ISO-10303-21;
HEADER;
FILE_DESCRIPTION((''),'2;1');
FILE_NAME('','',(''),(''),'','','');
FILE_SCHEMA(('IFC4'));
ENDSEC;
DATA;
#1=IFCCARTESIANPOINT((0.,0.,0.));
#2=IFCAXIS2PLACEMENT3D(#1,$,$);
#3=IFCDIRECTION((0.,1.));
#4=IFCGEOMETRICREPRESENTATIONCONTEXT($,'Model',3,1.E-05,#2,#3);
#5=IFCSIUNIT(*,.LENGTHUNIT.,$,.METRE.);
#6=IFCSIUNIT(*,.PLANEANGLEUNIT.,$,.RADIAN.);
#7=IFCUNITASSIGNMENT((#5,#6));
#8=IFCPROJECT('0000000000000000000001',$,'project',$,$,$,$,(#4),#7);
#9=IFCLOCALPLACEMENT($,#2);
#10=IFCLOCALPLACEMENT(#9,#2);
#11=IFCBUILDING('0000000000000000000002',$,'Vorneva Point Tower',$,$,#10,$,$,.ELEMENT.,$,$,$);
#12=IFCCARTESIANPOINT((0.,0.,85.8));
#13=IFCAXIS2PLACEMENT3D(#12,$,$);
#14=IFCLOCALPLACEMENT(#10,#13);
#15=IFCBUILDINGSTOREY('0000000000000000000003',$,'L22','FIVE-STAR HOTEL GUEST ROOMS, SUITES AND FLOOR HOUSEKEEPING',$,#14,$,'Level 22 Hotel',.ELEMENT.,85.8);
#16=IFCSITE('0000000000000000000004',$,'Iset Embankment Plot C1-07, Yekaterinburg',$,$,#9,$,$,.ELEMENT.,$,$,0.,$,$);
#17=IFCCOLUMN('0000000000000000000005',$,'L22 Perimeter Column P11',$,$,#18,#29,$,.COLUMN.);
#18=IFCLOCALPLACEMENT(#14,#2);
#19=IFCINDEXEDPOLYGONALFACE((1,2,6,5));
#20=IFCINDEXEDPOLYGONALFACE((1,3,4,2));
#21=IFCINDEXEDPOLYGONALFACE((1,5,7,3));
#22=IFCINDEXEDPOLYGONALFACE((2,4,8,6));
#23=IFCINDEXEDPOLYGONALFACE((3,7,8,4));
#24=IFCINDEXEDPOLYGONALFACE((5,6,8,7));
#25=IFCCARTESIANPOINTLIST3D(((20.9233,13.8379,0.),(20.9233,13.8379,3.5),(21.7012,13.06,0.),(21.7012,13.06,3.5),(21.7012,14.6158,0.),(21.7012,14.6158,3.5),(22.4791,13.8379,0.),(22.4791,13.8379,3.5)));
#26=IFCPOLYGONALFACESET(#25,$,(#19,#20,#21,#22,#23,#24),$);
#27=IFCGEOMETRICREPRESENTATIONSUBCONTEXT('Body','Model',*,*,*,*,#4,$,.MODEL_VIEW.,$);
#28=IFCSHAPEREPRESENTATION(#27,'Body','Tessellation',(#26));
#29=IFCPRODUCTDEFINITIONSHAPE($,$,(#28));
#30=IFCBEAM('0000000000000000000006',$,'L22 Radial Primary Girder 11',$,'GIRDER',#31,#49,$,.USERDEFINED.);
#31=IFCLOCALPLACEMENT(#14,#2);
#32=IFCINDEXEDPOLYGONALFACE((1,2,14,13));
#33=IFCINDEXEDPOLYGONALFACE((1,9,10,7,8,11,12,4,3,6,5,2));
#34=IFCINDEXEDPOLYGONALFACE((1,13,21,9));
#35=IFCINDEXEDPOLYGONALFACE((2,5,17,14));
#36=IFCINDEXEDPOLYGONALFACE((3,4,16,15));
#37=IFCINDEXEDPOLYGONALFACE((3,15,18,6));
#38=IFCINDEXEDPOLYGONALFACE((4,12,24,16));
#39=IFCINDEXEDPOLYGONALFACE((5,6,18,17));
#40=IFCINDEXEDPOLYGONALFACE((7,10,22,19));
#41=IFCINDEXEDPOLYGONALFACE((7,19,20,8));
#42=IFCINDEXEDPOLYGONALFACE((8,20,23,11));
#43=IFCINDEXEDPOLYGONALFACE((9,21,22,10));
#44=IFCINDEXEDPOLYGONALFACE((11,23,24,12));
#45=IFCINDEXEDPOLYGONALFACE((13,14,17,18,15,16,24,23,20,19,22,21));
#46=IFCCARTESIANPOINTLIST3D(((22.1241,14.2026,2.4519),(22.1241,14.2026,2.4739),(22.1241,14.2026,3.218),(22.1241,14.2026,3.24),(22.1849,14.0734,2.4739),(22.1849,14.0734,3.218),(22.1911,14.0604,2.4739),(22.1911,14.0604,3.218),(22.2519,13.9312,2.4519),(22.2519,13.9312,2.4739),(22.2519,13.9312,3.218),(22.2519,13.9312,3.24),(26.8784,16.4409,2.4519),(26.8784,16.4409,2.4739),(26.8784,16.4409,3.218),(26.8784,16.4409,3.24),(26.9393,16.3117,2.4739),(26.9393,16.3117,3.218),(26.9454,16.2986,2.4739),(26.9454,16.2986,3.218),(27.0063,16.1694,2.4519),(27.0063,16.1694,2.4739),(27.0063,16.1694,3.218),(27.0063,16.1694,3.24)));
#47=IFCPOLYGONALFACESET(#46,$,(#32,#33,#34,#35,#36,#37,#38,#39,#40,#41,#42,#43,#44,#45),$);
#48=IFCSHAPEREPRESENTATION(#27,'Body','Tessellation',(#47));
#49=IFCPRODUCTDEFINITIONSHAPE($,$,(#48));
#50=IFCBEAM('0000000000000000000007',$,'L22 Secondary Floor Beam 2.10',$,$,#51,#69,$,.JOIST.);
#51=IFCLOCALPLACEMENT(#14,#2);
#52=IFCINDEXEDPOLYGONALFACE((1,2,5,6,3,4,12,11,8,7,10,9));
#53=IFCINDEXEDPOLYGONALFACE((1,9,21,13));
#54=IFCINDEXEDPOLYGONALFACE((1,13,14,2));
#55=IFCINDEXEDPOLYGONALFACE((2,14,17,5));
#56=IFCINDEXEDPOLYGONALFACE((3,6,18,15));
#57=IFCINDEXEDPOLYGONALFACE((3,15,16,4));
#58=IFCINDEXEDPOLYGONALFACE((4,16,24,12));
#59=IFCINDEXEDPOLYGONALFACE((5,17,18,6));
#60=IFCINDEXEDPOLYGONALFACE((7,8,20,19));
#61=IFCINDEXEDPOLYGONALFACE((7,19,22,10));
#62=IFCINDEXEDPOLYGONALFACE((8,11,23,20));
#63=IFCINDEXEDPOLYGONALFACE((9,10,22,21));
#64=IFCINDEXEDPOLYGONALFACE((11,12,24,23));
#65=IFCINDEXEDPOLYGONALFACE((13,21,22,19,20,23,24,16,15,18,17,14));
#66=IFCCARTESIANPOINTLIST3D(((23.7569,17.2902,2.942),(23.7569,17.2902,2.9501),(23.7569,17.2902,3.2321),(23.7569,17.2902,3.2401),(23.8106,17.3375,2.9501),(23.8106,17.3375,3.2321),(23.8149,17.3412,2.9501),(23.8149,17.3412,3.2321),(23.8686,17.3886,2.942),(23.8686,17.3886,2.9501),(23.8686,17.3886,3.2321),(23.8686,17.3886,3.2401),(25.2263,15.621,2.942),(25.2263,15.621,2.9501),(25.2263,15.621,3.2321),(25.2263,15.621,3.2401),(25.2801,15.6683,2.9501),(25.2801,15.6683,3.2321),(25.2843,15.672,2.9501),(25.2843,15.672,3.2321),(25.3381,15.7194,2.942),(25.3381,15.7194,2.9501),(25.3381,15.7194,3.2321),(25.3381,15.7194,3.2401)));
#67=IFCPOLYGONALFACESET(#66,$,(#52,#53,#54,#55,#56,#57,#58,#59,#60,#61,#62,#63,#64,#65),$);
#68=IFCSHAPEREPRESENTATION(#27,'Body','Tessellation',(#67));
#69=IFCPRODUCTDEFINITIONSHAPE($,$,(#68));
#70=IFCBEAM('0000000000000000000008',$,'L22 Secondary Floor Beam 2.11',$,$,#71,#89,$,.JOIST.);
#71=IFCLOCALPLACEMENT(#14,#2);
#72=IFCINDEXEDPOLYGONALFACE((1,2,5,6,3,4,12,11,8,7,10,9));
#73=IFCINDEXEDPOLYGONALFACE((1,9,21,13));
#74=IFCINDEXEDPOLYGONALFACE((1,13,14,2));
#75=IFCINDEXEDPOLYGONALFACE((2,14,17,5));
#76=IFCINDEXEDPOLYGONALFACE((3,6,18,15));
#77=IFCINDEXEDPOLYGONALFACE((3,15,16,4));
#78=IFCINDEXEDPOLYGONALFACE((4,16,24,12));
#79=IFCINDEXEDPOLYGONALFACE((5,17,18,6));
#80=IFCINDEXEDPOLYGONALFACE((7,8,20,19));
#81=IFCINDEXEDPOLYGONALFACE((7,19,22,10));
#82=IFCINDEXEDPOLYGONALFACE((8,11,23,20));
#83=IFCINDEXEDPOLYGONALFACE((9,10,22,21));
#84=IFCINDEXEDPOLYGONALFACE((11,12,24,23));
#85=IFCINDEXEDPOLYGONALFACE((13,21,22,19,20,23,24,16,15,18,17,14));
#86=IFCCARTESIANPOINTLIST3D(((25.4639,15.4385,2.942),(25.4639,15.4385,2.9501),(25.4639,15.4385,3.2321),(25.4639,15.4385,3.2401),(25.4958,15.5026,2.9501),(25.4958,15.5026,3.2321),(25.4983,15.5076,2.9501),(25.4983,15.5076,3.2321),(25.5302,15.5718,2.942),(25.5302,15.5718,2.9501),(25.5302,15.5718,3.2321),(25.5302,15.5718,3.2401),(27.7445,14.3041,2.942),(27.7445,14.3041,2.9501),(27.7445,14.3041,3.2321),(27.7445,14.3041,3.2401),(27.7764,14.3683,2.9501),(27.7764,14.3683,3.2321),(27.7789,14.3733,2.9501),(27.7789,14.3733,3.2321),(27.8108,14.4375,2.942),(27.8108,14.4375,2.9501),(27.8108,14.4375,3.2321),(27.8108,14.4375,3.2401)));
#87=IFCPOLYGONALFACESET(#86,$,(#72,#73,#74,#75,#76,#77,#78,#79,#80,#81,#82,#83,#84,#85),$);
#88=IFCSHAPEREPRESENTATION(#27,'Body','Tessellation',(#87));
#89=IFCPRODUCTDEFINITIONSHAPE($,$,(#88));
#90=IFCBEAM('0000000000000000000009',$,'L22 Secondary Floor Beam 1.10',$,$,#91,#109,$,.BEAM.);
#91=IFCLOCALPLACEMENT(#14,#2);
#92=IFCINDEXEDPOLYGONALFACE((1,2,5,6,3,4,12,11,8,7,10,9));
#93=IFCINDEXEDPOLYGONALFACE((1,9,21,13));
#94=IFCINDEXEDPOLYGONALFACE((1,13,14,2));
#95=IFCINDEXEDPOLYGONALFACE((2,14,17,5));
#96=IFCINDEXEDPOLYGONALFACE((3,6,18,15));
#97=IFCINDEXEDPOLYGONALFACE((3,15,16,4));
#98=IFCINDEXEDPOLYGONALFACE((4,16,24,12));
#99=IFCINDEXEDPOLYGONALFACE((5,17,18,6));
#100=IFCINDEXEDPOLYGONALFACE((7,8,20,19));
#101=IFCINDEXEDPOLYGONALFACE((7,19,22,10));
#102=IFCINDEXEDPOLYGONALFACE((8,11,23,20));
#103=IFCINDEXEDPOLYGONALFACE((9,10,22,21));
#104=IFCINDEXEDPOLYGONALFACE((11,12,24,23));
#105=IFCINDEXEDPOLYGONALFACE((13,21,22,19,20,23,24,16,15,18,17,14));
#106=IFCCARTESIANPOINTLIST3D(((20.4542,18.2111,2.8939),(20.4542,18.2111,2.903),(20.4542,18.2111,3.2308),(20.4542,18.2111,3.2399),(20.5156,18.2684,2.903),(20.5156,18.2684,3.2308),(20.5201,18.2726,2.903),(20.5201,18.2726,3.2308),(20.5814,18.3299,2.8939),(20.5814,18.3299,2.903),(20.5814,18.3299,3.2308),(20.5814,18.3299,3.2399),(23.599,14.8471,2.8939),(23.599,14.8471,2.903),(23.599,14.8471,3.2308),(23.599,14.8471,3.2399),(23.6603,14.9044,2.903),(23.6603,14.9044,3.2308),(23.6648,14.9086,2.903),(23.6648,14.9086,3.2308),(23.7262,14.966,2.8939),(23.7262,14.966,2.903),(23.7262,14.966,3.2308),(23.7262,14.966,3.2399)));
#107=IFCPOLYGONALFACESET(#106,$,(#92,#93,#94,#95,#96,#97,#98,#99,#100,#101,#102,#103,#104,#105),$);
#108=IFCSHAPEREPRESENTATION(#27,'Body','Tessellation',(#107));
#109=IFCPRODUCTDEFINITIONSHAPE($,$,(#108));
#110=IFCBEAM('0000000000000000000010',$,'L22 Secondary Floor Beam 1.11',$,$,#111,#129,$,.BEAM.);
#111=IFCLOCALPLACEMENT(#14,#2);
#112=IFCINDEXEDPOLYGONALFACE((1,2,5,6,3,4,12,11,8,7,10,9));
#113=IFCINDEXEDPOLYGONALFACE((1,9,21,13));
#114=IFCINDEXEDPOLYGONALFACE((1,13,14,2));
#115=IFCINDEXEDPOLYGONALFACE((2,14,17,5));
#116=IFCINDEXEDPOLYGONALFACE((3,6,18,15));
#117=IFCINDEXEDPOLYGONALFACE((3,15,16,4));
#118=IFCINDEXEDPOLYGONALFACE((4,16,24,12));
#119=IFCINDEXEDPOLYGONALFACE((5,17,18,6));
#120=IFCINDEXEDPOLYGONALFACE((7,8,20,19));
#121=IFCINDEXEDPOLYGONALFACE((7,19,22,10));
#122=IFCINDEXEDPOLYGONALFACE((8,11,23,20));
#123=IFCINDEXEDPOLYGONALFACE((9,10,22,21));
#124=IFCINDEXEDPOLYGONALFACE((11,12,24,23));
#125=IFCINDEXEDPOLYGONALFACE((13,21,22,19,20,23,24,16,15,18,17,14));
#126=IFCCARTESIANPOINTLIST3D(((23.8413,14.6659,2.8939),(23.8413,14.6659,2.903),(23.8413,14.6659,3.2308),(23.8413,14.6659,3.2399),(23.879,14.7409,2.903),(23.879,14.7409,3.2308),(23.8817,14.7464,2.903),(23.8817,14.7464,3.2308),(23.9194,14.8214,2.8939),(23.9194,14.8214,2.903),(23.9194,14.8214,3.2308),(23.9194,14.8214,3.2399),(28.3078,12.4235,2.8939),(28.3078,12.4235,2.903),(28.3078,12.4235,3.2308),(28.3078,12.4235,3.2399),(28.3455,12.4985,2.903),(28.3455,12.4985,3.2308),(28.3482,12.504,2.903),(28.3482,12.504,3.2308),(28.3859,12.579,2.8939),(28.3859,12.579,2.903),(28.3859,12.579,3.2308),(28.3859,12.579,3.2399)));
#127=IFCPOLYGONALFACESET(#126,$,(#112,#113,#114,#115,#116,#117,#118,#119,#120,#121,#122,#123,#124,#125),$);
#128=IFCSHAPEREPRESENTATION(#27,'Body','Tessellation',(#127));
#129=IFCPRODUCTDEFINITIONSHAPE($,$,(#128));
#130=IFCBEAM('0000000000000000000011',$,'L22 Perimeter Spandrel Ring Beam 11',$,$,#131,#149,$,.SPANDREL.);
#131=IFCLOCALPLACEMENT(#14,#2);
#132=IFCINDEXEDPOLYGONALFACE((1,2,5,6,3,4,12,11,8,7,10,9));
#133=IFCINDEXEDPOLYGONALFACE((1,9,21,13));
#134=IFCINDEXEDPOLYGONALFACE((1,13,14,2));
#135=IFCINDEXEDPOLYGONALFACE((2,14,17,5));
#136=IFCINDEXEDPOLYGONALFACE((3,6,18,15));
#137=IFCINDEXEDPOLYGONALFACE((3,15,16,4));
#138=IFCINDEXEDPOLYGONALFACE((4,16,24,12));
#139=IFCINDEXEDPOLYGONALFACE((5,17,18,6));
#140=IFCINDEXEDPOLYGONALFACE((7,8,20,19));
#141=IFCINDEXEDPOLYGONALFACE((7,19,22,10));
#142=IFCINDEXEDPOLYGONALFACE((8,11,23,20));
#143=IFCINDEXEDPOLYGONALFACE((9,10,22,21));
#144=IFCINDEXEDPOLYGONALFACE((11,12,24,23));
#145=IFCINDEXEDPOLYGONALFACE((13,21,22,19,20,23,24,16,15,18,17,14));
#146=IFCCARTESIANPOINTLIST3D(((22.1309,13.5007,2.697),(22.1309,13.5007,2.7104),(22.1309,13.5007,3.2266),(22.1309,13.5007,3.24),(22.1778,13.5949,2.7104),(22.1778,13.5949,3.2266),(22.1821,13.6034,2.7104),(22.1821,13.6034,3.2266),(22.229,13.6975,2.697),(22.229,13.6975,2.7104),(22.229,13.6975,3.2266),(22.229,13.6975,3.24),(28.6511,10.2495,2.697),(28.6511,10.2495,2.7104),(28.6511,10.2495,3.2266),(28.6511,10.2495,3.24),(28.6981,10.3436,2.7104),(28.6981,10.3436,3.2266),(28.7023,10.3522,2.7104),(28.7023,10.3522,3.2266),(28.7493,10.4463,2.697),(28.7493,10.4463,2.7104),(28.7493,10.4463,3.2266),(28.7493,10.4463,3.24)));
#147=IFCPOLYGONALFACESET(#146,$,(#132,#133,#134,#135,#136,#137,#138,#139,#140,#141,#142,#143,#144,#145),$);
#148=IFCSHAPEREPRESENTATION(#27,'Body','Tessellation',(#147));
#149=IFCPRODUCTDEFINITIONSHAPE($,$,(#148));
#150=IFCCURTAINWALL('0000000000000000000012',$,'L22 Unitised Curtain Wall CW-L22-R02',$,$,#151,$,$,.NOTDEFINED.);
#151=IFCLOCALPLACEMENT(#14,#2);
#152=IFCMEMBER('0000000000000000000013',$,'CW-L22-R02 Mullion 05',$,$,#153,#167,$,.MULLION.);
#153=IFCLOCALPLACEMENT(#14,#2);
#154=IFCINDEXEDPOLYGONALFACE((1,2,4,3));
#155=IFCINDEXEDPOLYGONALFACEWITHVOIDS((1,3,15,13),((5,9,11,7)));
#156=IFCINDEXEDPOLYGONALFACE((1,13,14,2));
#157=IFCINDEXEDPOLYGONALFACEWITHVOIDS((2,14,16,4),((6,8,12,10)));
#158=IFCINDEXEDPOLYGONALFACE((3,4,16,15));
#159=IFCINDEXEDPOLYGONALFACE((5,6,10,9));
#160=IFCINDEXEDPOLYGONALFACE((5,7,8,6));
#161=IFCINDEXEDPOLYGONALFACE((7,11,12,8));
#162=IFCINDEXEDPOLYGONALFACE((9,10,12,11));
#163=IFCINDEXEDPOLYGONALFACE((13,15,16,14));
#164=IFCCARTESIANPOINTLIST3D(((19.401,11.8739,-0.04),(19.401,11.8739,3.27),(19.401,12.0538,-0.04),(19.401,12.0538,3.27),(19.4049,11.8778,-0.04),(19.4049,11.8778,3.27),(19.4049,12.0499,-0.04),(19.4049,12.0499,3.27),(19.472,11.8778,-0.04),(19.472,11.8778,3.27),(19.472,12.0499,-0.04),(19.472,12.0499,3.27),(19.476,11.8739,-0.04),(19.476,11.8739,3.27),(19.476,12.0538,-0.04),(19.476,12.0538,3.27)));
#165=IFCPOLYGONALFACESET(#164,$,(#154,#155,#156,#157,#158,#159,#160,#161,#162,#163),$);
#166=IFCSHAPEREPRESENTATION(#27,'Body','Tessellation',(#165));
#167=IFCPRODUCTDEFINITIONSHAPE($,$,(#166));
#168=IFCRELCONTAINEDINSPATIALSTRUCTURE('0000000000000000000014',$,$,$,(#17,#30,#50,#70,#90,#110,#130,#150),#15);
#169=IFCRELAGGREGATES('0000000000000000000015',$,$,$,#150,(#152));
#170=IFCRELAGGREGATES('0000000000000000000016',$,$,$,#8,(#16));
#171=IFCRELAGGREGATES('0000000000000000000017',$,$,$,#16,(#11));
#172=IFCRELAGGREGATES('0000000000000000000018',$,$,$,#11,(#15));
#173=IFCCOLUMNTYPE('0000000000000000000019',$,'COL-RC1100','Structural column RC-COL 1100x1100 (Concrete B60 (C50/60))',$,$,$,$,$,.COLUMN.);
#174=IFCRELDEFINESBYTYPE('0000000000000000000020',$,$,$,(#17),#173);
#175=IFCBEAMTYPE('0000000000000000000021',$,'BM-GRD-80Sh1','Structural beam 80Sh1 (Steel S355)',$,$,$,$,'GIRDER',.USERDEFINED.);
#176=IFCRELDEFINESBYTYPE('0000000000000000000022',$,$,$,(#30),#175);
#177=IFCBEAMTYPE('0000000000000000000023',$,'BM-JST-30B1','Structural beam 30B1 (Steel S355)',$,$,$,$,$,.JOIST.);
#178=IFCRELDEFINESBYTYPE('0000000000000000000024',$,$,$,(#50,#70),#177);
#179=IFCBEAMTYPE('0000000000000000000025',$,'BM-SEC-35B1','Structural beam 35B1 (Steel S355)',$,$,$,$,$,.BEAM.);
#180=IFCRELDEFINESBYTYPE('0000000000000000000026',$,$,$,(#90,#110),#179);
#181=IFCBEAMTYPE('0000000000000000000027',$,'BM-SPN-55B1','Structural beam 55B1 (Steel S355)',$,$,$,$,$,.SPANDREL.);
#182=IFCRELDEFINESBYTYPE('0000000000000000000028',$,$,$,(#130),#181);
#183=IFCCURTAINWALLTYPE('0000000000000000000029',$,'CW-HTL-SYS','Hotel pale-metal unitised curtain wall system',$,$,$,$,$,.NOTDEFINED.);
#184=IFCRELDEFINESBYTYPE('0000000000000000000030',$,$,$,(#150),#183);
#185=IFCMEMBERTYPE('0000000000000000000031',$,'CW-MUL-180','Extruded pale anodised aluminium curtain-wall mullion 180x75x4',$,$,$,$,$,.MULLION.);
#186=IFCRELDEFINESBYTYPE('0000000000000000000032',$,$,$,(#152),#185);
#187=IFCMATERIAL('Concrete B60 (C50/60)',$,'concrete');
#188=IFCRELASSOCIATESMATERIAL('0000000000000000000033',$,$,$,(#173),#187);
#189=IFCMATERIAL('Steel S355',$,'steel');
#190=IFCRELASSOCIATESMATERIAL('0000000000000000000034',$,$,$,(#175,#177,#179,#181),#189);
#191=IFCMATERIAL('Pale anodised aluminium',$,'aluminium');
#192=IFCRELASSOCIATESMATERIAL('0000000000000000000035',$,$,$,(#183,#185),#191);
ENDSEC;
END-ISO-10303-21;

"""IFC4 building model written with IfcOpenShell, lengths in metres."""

from ifc_helpers import new_model, si_unit, direction, frame, origin, origin_2d, place, context, subcontext, project, spatial, rectangle, hollow_rectangle, i_section, extrude, material, material_profile, profile_set, type_object, element, aggregate, save


model = new_model("IFC4")

# Units and contexts
model_context = context("Model", 3, precision=1e-05, world=origin(), true_north=direction((0.0, 1.0)))
body_context = subcontext(model_context, "Body", "Model", "MODEL_VIEW")
ifc_project = project(units=[si_unit("LENGTHUNIT", "METRE"), si_unit("PLANEANGLEUNIT", "RADIAN")], contexts=[model_context])

# Site, building, storey
site_placement = place(None, origin())
site = spatial("IfcSite", under=ifc_project, at=site_placement, Name="Iset Embankment Plot C1-07, Yekaterinburg", CompositionType="ELEMENT", RefElevation=0.0)
building_placement = place(site_placement, origin())
building = spatial("IfcBuilding", under=site, at=building_placement, Name="Vorneva Point Tower", CompositionType="ELEMENT")
storey_placement = place(building_placement, frame((0.0, 0.0, 85.8)))
storey = spatial("IfcBuildingStorey", under=building, at=storey_placement, Name="L22", Description="FIVE-STAR HOTEL GUEST ROOMS, SUITES AND FLOOR HOUSEKEEPING", LongName="Level 22 Hotel", CompositionType="ELEMENT", Elevation=85.8)

# Column
ifc_material_1 = material(Name="Concrete B60 (C50/60)", Category="concrete")
ifc_material_profile_1 = material_profile(ifc_material_1, rectangle(XDim=1.1001, YDim=1.1001, at=origin_2d()), Name="RC-COL 1100x1100")
ifc_profile_set_1 = profile_set([ifc_material_profile_1], Name="Concrete B60 (C50/60)")
column_type = type_object("IfcColumnType", Name="COL-RC1100", Description="Structural column RC-COL 1100x1100 (Concrete B60 (C50/60))", PredefinedType="COLUMN", material=ifc_profile_set_1)
column_placement = place(storey_placement, frame((21.7012, 13.8379, 0.0), z_axis=(0.0, 0.0, 1.0), x_axis=(-0.707107, -0.707107, 0.0)))
element("IfcColumn", 1, at=column_placement, inside=storey, type_object=column_type, Name="L22 Perimeter Column P11", PredefinedType="COLUMN", context=body_context, shape_type="SweptSolid", body=[
    extrude(rectangle(XDim=1.1001, YDim=1.1001, at=origin_2d()), origin(), (0.0, 0.0, 1.0), 3.5),
])

# Beams
ifc_material_2 = material(Name="Steel S355", Category="steel")
ifc_material_profile_2 = material_profile(ifc_material_2, i_section(OverallWidth=0.3, OverallDepth=0.7881, WebThickness=0.0144, FlangeThickness=0.022, at=origin_2d()), Name="80Sh1")
ifc_profile_set_2 = profile_set([ifc_material_profile_2], Name="Steel S355")
beam_type_1 = type_object("IfcBeamType", Name="BM-GRD-80Sh1", Description="Structural beam 80Sh1 (Steel S355)", ElementType="GIRDER", PredefinedType="USERDEFINED", material=ifc_profile_set_2)
beam_1_placement = place(storey_placement, frame((22.188, 14.0669, 2.8459), z_axis=(0.904751, 0.42594, 0.0), x_axis=(-0.42594, 0.904751, 0.0)))
element("IfcBeam", 2, at=beam_1_placement, inside=storey, type_object=beam_type_1, Name="L22 Radial Primary Girder 11", ObjectType="GIRDER", PredefinedType="USERDEFINED", context=body_context, shape_type="SweptSolid", body=[
    extrude(i_section(OverallWidth=0.3, OverallDepth=0.7881, WebThickness=0.0144, FlangeThickness=0.022, at=origin_2d()), origin(), (0.0, 0.0, 1.0), 5.2549),
])
ifc_material_profile_3 = material_profile(ifc_material_2, i_section(OverallWidth=0.1489, OverallDepth=0.2981, WebThickness=0.0056, FlangeThickness=0.0081, at=origin_2d()), Name="30B1")
ifc_profile_set_3 = profile_set([ifc_material_profile_3], Name="Steel S355")
beam_type_2 = type_object("IfcBeamType", Name="BM-JST-30B1", Description="Structural beam 30B1 (Steel S355)", PredefinedType="JOIST", material=ifc_profile_set_3)
beam_2_placement = place(storey_placement, frame((23.8127, 17.3394, 3.0911), z_axis=(0.660779, -0.750581, 0.0), x_axis=(0.750581, 0.660779, 0.0)))
element("IfcBeam", 3, at=beam_2_placement, inside=storey, type_object=beam_type_2, Name="L22 Secondary Floor Beam 2.10", PredefinedType="JOIST", context=body_context, shape_type="SweptSolid", body=[
    extrude(i_section(OverallWidth=0.1489, OverallDepth=0.2981, WebThickness=0.0056, FlangeThickness=0.0081, at=origin_2d()), origin(), (0.0, 0.0, 1.0), 2.2239),
])
beam_3_placement = place(storey_placement, frame((25.4971, 15.5051, 3.0911), z_axis=(0.895365, -0.445334, 0.0), x_axis=(0.445334, 0.895365, 0.0)))
element("IfcBeam", 4, at=beam_3_placement, inside=storey, type_object=beam_type_2, Name="L22 Secondary Floor Beam 2.11", PredefinedType="JOIST", context=body_context, shape_type="SweptSolid", body=[
    extrude(i_section(OverallWidth=0.1489, OverallDepth=0.2981, WebThickness=0.0056, FlangeThickness=0.0081, at=origin_2d()), origin(), (0.0, 0.0, 1.0), 2.5471),
])
ifc_material_profile_4 = material_profile(ifc_material_2, i_section(OverallWidth=0.1741, OverallDepth=0.3459, WebThickness=0.0061, FlangeThickness=0.009, at=origin_2d()), Name="35B1")
ifc_profile_set_4 = profile_set([ifc_material_profile_4], Name="Steel S355")
beam_type_3 = type_object("IfcBeamType", Name="BM-SEC-35B1", Description="Structural beam 35B1 (Steel S355)", PredefinedType="BEAM", material=ifc_profile_set_4)
beam_4_placement = place(storey_placement, frame((20.5178, 18.2705, 3.0669), z_axis=(0.682902, -0.73051, 0.0), x_axis=(0.73051, 0.682902, 0.0)))
element("IfcBeam", 5, at=beam_4_placement, inside=storey, type_object=beam_type_3, Name="L22 Secondary Floor Beam 1.10", PredefinedType="BEAM", context=body_context, shape_type="SweptSolid", body=[
    extrude(i_section(OverallWidth=0.1741, OverallDepth=0.3459, WebThickness=0.0061, FlangeThickness=0.009, at=origin_2d()), origin(), (0.0, 0.0, 1.0), 4.605),
])
beam_5_placement = place(storey_placement, frame((23.8804, 14.7437, 3.0669), z_axis=(0.893693, -0.448678, 0.0), x_axis=(0.448678, 0.893693, 0.0)))
element("IfcBeam", 6, at=beam_5_placement, inside=storey, type_object=beam_type_3, Name="L22 Secondary Floor Beam 1.11", PredefinedType="BEAM", context=body_context, shape_type="SweptSolid", body=[
    extrude(i_section(OverallWidth=0.1741, OverallDepth=0.3459, WebThickness=0.0061, FlangeThickness=0.009, at=origin_2d()), origin(), (0.0, 0.0, 1.0), 4.9978),
])
ifc_material_profile_5 = material_profile(ifc_material_2, i_section(OverallWidth=0.22, OverallDepth=0.543, WebThickness=0.0095, FlangeThickness=0.0134, at=origin_2d()), Name="55B1")
ifc_profile_set_5 = profile_set([ifc_material_profile_5], Name="Steel S355")
beam_type_4 = type_object("IfcBeamType", Name="BM-SPN-55B1", Description="Structural beam 55B1 (Steel S355)", PredefinedType="SPANDREL", material=ifc_profile_set_5)
beam_6_placement = place(storey_placement, frame((22.1799, 13.5991, 2.9685), z_axis=(0.894916, -0.446235, 0.0), x_axis=(0.446235, 0.894916, 0.0)))
element("IfcBeam", 7, at=beam_6_placement, inside=storey, type_object=beam_type_4, Name="L22 Perimeter Spandrel Ring Beam 11", PredefinedType="SPANDREL", context=body_context, shape_type="SweptSolid", body=[
    extrude(i_section(OverallWidth=0.22, OverallDepth=0.543, WebThickness=0.0095, FlangeThickness=0.0134, at=origin_2d()), origin(), (0.0, 0.0, 1.0), 7.2859),
])

# Curtain wall, member
ifc_material_3 = material(Name="Pale anodised aluminium", Category="aluminium")
curtain_wall_type = type_object("IfcCurtainWallType", Name="CW-HTL-SYS", Description="Hotel pale-metal unitised curtain wall system", PredefinedType="NOTDEFINED", material=ifc_material_3)
curtain_wall_placement = place(storey_placement, origin())
curtain_wall = element("IfcCurtainWall", 8, at=curtain_wall_placement, inside=storey, type_object=curtain_wall_type, Name="L22 Unitised Curtain Wall CW-L22-R02", PredefinedType="NOTDEFINED")
ifc_material_profile_6 = material_profile(ifc_material_3, hollow_rectangle(XDim=0.075, YDim=0.1799, WallThickness=0.0039, at=origin_2d()), Name="AL-MUL 180x75x4")
ifc_profile_set_6 = profile_set([ifc_material_profile_6], Name="Pale anodised aluminium")
member_type = type_object("IfcMemberType", Name="CW-MUL-180", Description="Extruded pale anodised aluminium curtain-wall mullion 180x75x4", PredefinedType="MULLION", material=ifc_profile_set_6)
member_placement = place(storey_placement, frame((19.4385, 11.9639, -0.04), z_axis=(0.0, 0.0, 1.0), x_axis=(1.0, 0.0, 0.0)))
member = element("IfcMember", 9, at=member_placement, type_object=member_type, Name="CW-L22-R02 Mullion 05", PredefinedType="MULLION", context=body_context, shape_type="SweptSolid", body=[
    extrude(hollow_rectangle(XDim=0.075, YDim=0.1799, WallThickness=0.0039, at=origin_2d()), origin(), (0.0, 0.0, 1.0), 3.3101),
])
aggregate(curtain_wall, [member])

save(model, "model.ifc")
